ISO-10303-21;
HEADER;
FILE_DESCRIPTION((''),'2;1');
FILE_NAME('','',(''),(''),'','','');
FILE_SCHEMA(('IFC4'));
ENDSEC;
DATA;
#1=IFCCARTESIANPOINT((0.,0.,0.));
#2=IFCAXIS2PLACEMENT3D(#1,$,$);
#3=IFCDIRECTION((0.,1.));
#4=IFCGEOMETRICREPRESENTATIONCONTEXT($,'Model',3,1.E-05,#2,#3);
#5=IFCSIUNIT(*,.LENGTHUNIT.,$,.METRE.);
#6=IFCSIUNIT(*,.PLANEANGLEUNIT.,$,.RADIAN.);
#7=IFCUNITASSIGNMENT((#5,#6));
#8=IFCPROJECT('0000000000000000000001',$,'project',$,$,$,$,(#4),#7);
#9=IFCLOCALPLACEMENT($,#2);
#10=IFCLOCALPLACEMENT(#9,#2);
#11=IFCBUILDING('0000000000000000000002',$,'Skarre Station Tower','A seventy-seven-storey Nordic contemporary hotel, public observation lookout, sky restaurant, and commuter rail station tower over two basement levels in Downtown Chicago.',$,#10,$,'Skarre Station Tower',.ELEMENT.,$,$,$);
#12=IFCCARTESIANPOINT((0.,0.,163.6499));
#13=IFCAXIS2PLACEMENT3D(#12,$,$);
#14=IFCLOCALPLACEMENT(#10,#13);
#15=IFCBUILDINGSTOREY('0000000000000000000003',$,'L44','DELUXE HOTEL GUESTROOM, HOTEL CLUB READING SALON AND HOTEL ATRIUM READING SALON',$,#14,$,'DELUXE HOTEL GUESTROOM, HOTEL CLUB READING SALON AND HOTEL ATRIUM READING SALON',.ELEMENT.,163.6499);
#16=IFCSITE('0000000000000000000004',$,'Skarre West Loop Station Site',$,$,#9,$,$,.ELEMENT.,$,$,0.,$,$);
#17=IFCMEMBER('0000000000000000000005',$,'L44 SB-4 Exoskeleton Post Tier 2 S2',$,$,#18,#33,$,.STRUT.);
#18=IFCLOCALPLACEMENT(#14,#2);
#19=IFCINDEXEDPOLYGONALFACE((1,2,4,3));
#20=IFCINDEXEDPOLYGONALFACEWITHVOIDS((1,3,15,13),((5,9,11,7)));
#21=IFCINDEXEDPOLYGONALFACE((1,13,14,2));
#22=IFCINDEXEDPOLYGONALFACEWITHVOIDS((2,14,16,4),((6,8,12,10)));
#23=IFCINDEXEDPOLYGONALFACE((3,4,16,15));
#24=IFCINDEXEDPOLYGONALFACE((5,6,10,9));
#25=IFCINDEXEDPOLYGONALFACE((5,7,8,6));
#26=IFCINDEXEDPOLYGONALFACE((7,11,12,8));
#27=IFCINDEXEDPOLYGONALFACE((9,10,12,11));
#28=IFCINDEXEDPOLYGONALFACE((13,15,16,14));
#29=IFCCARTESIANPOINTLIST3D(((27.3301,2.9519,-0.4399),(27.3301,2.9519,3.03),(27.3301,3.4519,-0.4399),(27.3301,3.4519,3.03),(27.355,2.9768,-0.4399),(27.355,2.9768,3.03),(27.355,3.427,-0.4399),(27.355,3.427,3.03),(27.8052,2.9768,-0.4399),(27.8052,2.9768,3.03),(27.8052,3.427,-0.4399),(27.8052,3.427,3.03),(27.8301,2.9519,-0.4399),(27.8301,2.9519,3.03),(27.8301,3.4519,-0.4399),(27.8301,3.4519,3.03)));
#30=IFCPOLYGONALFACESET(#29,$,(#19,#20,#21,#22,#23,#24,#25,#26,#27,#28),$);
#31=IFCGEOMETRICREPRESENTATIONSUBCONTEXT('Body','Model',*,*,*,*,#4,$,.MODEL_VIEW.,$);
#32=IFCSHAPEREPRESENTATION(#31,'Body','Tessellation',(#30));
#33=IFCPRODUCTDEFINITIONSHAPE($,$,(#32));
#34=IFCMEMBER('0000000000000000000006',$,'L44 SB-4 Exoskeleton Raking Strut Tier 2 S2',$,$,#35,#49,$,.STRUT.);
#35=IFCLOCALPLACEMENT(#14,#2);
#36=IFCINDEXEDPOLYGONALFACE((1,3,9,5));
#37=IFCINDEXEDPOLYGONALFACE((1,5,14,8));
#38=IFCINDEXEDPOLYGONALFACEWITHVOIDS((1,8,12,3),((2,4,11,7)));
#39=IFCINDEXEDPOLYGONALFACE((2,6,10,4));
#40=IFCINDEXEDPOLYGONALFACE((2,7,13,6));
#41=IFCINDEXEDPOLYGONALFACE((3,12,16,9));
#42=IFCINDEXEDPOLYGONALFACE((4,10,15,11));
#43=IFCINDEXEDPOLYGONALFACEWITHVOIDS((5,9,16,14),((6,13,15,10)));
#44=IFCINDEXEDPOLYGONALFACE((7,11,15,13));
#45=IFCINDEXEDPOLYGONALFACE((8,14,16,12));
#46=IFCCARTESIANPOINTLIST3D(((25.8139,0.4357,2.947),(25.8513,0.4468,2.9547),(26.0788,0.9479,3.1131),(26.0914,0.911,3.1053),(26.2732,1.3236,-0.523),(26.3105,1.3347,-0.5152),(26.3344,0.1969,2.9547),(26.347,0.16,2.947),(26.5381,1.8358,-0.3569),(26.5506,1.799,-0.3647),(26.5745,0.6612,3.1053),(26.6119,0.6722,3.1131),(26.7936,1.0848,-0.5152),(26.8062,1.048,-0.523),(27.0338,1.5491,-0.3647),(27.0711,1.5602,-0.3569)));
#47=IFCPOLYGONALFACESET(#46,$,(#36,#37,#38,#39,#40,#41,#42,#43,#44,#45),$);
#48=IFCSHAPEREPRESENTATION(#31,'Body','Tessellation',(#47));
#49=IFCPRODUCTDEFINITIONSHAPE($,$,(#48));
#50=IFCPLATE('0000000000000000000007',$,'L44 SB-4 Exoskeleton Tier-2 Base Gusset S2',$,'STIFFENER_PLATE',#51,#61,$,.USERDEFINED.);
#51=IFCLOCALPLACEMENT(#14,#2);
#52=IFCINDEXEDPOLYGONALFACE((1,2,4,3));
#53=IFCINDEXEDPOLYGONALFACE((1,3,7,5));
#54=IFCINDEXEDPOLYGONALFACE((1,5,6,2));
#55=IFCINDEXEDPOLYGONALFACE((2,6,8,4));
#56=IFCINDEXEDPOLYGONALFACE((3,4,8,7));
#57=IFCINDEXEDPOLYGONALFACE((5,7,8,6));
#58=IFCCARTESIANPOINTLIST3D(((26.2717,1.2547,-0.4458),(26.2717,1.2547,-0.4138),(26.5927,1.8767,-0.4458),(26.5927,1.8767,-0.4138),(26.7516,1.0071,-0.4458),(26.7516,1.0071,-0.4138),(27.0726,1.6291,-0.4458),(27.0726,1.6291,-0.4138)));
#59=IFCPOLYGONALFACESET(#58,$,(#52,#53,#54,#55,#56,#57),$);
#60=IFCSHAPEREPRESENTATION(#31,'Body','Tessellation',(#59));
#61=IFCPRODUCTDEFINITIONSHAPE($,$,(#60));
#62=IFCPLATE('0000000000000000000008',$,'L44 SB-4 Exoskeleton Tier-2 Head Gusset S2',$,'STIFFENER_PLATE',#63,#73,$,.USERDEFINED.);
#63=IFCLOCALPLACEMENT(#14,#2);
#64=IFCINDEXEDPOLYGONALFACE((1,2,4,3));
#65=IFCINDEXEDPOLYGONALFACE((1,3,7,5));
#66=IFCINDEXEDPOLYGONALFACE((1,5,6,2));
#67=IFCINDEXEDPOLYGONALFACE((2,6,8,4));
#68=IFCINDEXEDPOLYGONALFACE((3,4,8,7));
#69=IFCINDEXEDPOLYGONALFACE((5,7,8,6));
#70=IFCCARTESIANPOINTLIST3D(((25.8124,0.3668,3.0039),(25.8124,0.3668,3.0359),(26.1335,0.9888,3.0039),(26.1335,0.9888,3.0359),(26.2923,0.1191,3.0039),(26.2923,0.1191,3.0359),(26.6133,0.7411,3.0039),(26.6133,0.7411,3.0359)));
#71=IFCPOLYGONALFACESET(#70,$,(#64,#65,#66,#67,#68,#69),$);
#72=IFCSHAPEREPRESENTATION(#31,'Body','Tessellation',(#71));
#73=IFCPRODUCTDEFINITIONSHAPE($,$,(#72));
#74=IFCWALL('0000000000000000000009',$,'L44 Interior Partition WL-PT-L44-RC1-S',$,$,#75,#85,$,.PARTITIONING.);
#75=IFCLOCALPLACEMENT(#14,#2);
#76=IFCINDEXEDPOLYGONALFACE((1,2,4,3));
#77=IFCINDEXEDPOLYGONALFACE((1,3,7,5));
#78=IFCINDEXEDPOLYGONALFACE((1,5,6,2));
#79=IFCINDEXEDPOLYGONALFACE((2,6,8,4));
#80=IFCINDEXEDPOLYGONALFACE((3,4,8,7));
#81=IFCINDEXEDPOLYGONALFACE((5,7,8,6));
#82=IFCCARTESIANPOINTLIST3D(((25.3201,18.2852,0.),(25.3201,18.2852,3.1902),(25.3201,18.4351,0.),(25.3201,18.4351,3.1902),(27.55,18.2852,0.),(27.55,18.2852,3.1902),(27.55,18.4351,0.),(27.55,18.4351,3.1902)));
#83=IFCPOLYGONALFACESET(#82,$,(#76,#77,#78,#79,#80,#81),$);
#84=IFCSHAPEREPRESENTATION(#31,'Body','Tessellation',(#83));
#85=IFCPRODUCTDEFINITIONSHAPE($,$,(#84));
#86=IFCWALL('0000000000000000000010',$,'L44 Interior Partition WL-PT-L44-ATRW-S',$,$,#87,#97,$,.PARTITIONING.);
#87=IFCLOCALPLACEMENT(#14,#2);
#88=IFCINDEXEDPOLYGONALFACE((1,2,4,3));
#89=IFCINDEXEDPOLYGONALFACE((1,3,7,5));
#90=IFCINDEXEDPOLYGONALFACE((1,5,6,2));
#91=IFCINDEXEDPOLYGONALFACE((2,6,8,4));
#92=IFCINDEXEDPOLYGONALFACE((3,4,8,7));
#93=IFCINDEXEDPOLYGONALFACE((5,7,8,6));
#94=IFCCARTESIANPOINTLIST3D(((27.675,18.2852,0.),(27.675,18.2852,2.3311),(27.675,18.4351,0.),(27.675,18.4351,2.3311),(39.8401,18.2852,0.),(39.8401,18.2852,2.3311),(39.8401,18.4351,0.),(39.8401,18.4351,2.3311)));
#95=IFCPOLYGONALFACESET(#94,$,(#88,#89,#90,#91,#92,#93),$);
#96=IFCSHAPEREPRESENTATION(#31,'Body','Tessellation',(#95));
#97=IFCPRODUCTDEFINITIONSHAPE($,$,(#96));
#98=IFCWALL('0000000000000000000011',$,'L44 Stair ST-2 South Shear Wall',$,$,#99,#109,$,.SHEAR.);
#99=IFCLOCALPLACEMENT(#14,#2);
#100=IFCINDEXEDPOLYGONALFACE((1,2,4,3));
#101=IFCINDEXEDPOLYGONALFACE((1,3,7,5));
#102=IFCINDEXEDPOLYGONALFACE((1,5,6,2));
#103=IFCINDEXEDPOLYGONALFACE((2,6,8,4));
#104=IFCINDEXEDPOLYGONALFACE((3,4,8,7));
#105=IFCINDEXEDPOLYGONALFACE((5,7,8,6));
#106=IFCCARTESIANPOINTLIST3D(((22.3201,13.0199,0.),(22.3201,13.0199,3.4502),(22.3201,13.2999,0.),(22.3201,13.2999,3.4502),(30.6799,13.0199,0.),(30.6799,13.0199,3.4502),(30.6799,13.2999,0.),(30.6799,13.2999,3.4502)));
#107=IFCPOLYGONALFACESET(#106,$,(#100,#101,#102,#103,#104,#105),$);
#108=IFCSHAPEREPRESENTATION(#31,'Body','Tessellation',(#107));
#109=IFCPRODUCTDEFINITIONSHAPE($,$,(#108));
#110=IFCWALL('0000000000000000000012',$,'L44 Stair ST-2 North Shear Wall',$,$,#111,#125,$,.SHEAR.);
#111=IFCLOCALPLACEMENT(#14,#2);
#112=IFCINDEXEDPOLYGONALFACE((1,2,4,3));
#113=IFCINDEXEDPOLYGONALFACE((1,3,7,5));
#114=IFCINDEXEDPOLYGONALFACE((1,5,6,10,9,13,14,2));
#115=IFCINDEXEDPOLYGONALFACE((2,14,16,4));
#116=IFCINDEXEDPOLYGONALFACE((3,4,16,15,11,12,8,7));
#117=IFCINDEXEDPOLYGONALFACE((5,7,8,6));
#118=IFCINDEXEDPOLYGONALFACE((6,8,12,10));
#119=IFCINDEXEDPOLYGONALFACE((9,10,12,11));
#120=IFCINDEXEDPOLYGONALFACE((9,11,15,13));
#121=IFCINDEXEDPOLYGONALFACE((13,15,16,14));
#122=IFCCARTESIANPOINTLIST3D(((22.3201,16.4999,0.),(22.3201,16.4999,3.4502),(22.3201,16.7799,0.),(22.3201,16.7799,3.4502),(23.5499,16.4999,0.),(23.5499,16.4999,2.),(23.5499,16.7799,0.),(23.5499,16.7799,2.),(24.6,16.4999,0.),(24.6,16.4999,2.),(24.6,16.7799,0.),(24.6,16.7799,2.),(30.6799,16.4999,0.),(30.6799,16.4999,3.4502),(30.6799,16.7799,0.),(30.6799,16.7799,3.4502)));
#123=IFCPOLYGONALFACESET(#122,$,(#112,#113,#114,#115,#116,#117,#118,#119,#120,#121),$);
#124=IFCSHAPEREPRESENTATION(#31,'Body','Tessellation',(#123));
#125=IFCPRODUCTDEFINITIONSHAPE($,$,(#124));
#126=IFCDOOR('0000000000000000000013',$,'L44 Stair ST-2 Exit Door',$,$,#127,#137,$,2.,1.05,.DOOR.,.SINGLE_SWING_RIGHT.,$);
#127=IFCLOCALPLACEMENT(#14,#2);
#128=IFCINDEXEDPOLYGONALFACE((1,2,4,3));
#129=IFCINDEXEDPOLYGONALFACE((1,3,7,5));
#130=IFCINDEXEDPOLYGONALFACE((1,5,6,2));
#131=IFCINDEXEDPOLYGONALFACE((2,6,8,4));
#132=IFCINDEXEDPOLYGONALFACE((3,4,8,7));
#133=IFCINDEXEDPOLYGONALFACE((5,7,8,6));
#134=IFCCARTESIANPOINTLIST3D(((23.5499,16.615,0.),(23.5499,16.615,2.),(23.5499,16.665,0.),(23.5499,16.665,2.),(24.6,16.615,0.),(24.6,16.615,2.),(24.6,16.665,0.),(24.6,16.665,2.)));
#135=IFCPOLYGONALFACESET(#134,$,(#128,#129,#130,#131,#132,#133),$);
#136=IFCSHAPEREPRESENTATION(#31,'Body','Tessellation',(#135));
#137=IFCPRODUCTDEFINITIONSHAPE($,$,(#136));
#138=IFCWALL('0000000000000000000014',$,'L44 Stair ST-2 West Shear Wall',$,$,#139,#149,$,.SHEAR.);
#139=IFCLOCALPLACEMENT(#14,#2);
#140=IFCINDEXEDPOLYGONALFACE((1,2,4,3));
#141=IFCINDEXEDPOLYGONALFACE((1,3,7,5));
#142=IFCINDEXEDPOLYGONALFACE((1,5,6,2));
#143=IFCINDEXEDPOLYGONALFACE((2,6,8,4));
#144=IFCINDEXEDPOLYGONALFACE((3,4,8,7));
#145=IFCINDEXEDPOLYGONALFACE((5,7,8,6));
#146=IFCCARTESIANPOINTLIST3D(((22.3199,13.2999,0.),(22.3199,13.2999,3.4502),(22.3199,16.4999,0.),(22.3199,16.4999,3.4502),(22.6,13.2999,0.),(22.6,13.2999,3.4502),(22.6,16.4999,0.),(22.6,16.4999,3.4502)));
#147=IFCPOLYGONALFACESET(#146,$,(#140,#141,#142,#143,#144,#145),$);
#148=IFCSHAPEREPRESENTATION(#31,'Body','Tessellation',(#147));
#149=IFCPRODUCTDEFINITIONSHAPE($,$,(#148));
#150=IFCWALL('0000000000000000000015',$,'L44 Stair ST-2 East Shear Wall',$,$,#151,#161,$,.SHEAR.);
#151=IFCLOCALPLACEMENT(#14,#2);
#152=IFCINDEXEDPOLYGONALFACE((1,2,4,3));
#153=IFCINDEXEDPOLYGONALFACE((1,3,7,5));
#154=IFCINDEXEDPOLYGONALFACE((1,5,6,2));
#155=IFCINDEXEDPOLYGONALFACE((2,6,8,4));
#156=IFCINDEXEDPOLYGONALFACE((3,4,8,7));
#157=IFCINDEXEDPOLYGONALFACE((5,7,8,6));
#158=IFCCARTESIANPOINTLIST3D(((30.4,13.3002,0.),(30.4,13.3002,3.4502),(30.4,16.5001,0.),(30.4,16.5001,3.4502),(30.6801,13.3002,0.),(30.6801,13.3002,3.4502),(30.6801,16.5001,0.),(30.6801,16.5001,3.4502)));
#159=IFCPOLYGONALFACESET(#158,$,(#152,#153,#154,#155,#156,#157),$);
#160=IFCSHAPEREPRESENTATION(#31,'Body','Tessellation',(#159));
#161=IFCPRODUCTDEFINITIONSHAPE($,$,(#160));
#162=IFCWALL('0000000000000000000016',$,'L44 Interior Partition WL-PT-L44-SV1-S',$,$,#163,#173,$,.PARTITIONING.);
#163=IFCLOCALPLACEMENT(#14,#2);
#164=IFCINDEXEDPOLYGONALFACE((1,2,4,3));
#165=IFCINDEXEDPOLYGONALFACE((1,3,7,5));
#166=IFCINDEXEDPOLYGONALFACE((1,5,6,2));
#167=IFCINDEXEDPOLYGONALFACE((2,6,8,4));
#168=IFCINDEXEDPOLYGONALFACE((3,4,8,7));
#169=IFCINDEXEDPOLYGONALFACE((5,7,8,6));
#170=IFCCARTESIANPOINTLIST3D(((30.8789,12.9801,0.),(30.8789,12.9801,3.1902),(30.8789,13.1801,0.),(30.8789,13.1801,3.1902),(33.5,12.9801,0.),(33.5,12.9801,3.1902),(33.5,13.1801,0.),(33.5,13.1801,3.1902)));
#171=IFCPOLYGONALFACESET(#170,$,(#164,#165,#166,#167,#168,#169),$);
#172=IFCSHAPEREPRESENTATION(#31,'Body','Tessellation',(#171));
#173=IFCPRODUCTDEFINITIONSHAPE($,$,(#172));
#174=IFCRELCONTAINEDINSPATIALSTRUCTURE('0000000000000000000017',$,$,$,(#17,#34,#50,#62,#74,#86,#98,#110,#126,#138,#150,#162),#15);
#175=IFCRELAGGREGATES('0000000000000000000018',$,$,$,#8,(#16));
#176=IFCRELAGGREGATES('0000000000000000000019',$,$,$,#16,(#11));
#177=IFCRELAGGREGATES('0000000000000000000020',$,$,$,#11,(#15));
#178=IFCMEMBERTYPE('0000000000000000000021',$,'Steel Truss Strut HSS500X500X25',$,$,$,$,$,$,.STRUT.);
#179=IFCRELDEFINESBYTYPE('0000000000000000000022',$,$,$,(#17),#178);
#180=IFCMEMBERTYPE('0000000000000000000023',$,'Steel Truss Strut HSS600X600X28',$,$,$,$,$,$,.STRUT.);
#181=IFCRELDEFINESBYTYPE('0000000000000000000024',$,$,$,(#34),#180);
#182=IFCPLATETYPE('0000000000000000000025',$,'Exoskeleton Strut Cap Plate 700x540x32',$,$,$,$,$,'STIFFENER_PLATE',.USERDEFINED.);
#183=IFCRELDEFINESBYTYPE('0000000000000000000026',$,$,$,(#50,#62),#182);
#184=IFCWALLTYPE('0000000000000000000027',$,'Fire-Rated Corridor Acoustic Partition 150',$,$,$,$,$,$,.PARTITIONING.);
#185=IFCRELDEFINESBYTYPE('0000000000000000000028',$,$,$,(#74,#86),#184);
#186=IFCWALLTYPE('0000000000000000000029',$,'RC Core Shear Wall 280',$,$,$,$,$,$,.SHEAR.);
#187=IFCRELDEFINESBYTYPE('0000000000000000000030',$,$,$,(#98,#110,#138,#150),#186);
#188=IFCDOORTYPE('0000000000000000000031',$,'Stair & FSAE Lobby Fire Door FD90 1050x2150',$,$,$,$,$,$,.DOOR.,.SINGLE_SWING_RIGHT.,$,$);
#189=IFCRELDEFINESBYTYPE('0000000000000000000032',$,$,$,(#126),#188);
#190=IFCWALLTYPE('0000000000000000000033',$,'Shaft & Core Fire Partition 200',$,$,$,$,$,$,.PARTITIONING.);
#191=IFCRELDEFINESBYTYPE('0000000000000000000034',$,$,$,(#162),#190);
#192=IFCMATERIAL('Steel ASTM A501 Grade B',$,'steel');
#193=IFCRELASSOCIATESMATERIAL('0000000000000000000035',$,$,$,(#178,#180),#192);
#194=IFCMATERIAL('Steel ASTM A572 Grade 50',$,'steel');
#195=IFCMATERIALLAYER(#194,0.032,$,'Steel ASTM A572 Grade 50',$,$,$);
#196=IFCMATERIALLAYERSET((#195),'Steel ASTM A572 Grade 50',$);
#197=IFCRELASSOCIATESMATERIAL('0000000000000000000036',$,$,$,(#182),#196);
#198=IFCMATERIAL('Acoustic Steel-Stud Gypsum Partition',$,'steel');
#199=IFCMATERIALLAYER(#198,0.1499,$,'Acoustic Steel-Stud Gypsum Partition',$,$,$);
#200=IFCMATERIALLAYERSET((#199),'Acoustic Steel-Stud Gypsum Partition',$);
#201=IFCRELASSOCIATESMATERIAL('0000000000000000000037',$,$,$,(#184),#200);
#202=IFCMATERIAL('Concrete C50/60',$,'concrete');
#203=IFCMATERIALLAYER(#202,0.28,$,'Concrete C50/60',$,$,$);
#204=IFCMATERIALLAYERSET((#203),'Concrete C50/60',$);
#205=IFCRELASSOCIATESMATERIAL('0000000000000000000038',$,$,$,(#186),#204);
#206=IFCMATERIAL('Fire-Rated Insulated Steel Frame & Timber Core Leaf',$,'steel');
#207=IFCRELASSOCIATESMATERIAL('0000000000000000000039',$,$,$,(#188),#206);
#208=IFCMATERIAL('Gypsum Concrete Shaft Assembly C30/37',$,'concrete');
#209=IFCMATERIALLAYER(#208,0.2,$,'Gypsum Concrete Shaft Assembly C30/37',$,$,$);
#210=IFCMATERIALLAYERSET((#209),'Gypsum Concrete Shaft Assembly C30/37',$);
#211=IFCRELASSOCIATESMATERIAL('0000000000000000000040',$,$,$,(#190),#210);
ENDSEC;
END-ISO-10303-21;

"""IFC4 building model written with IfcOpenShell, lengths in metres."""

from ifc_helpers import new_model, si_unit, direction, frame, frame_2d, origin, origin_2d, place, context, subcontext, project, spatial, rectangle, hollow_rectangle, extrude, material, layer, layer_set, material_profile, profile_set, type_object, element, fill, save


model = new_model("IFC4")

# Units and contexts
model_context = context("Model", 3, precision=1e-05, world=origin(), true_north=direction((0.0, 1.0)))
body_context = subcontext(model_context, "Body", "Model", "MODEL_VIEW")
ifc_project = project(units=[si_unit("LENGTHUNIT", "METRE"), si_unit("PLANEANGLEUNIT", "RADIAN")], contexts=[model_context])

# Site, building, storey
site_placement = place(None, origin())
site = spatial("IfcSite", under=ifc_project, at=site_placement, Name="Skarre West Loop Station Site", CompositionType="ELEMENT", RefElevation=0.0)
building_placement = place(site_placement, origin())
building = spatial("IfcBuilding", under=site, at=building_placement, Name="Skarre Station Tower", Description="A seventy-seven-storey Nordic contemporary hotel, public observation lookout, sky restaurant, and commuter rail station tower over two basement levels in Downtown Chicago.", LongName="Skarre Station Tower", CompositionType="ELEMENT")
storey_placement = place(building_placement, frame((0.0, 0.0, 163.6499)))
storey = spatial("IfcBuildingStorey", under=building, at=storey_placement, Name="L44", Description="DELUXE HOTEL GUESTROOM, HOTEL CLUB READING SALON AND HOTEL ATRIUM READING SALON", LongName="DELUXE HOTEL GUESTROOM, HOTEL CLUB READING SALON AND HOTEL ATRIUM READING SALON", CompositionType="ELEMENT", Elevation=163.6499)

# Shared definitions
ifc_material_1 = material(Name="Concrete C50/60", Category="concrete")

# Members
ifc_material_2 = material(Name="Steel ASTM A501 Grade B", Category="steel")
ifc_material_profile_1 = material_profile(ifc_material_2, hollow_rectangle(XDim=0.5, YDim=0.5, WallThickness=0.0249, at=origin_2d()), Name="Steel ASTM A501 Grade B")
ifc_profile_set_1 = profile_set([ifc_material_profile_1], Name="Steel ASTM A501 Grade B")
member_type_1 = type_object("IfcMemberType", Name="Steel Truss Strut HSS500X500X25", PredefinedType="STRUT", material=ifc_profile_set_1)
member_1_placement = place(storey_placement, frame((27.5801, 3.2019, -0.4399), z_axis=(0.0, 0.0, 1.0), x_axis=(1.0, 0.0, 0.0)))
element("IfcMember", 1, at=member_1_placement, inside=storey, type_object=member_type_1, Name="L44 SB-4 Exoskeleton Post Tier 2 S2", PredefinedType="STRUT", context=body_context, shape_type="SweptSolid", body=[
    extrude(hollow_rectangle(XDim=0.5, YDim=0.5, WallThickness=0.0249, at=origin_2d()), origin(), (0.0, 0.0, 1.0), 3.47),
])
ifc_material_profile_2 = material_profile(ifc_material_2, hollow_rectangle(XDim=0.6001, YDim=0.6001, WallThickness=0.0281, at=origin_2d()), Name="Steel ASTM A501 Grade B")
ifc_profile_set_2 = profile_set([ifc_material_profile_2], Name="Steel ASTM A501 Grade B")
member_type_2 = type_object("IfcMemberType", Name="Steel Truss Strut HSS600X600X28", PredefinedType="STRUT", material=ifc_profile_set_2)
member_2_placement = place(storey_placement, frame((26.6721, 1.4419, -0.4399), z_axis=(-0.127171, -0.245892, 0.960919), x_axis=(0.888238, -0.459383, 0.0)))
element("IfcMember", 2, at=member_2_placement, inside=storey, type_object=member_type_2, Name="L44 SB-4 Exoskeleton Raking Strut Tier 2 S2", PredefinedType="STRUT", context=body_context, shape_type="SweptSolid", body=[
    extrude(hollow_rectangle(XDim=0.6001, YDim=0.6001, WallThickness=0.0281, at=origin_2d()), origin(), (0.0, 0.0, 1.0), 3.6111),
])

# Plates
ifc_material_3 = material(Name="Steel ASTM A572 Grade 50", Category="steel")
ifc_layer_1 = layer(ifc_material_3, 0.032, Name="Steel ASTM A572 Grade 50")
ifc_layer_set_1 = layer_set([ifc_layer_1], Name="Steel ASTM A572 Grade 50")
plate_type = type_object("IfcPlateType", Name="Exoskeleton Strut Cap Plate 700x540x32", ElementType="STIFFENER_PLATE", PredefinedType="USERDEFINED", material=ifc_layer_set_1)
for number, where, z_axis, x_axis, name in (
    (3, (26.6721, 1.4419, -0.4458), (0.0, 0.0, 1.0), (-0.458634, -0.888625, 0.0), "L44 SB-4 Exoskeleton Tier-2 Base Gusset S2"),
    (4, (26.2129, 0.554, 3.0039), (0.0, 0.0, 1.0), (-0.458634, -0.888625, 0.0), "L44 SB-4 Exoskeleton Tier-2 Head Gusset S2"),
):
    element("IfcPlate", number, at=place(storey_placement, frame(where, z_axis=z_axis, x_axis=x_axis)), inside=storey, type_object=plate_type, Name=name, ObjectType="STIFFENER_PLATE", PredefinedType="USERDEFINED", context=body_context, shape_type="SweptSolid", body=[
        extrude(rectangle(XDim=0.7, YDim=0.54, at=origin_2d()), origin(), (0.0, 0.0, 1.0), 0.032),
    ])

# Walls
ifc_material_4 = material(Name="Acoustic Steel-Stud Gypsum Partition", Category="steel")
ifc_layer_2 = layer(ifc_material_4, 0.1499, Name="Acoustic Steel-Stud Gypsum Partition")
ifc_layer_set_2 = layer_set([ifc_layer_2], Name="Acoustic Steel-Stud Gypsum Partition")
wall_type_1 = type_object("IfcWallType", Name="Fire-Rated Corridor Acoustic Partition 150", PredefinedType="PARTITIONING", material=ifc_layer_set_2)
wall_1_placement = place(storey_placement, frame((25.3201, 18.3601, 0.0), z_axis=(0.0, 0.0, 1.0), x_axis=(1.0, 0.0, 0.0)))
element("IfcWall", 5, at=wall_1_placement, inside=storey, type_object=wall_type_1, Name="L44 Interior Partition WL-PT-L44-RC1-S", PredefinedType="PARTITIONING", context=body_context, shape_type="SweptSolid", body=[
    extrude(rectangle(XDim=2.23, YDim=0.1499, at=frame_2d((1.115, 0.0))), origin(), (0.0, 0.0, 1.0), 3.1902),
])
wall_2_placement = place(storey_placement, frame((27.675, 18.3601, 0.0), z_axis=(0.0, 0.0, 1.0), x_axis=(1.0, 0.0, 0.0)))
element("IfcWall", 6, at=wall_2_placement, inside=storey, type_object=wall_type_1, Name="L44 Interior Partition WL-PT-L44-ATRW-S", PredefinedType="PARTITIONING", context=body_context, shape_type="SweptSolid", body=[
    extrude(rectangle(XDim=12.165, YDim=0.1499, at=frame_2d((6.0825, 0.0))), origin(), (0.0, 0.0, 1.0), 2.3311),
])
ifc_layer_3 = layer(ifc_material_1, 0.28, Name="Concrete C50/60")
ifc_layer_set_3 = layer_set([ifc_layer_3], Name="Concrete C50/60")
wall_type_2 = type_object("IfcWallType", Name="RC Core Shear Wall 280", PredefinedType="SHEAR", material=ifc_layer_set_3)
wall_3_placement = place(storey_placement, frame((22.3201, 13.1599, 0.0), z_axis=(0.0, 0.0, 1.0), x_axis=(1.0, 0.0, 0.0)))
element("IfcWall", 7, at=wall_3_placement, inside=storey, type_object=wall_type_2, Name="L44 Stair ST-2 South Shear Wall", PredefinedType="SHEAR", context=body_context, shape_type="SweptSolid", body=[
    extrude(rectangle(XDim=8.3599, YDim=0.28, at=frame_2d((4.1799, 0.0))), origin(), (0.0, 0.0, 1.0), 3.4502),
])

# Wall, opening, door
wall_4_placement = place(storey_placement, frame((30.6799, 16.6399, 0.0), z_axis=(0.0, 0.0, 1.0), x_axis=(-1.0, 0.0, 0.0)))
wall_4 = element("IfcWall", 8, at=wall_4_placement, inside=storey, type_object=wall_type_2, Name="L44 Stair ST-2 North Shear Wall", PredefinedType="SHEAR", context=body_context, shape_type="SweptSolid", body=[
    extrude(rectangle(XDim=8.3599, YDim=0.28, at=frame_2d((4.1799, 0.0))), origin(), (0.0, 0.0, 1.0), 3.4502),
])
opening_placement = place(wall_4_placement, frame((6.0801, 0.0, 0.0)))
opening = element("IfcOpeningElement", 9, at=opening_placement, cuts=wall_4, PredefinedType="OPENING", context=body_context, shape_type="SweptSolid", body=[
    extrude(rectangle(XDim=1.05, YDim=2.0, at=frame_2d((0.5249, 1.0))), frame((0.0, 0.1499, 0.0), z_axis=(0.0, -1.0, 0.0), x_axis=(1.0, 0.0, 0.0)), (0.0, 0.0, 1.0), 0.3),
])
ifc_material_5 = material(Name="Fire-Rated Insulated Steel Frame & Timber Core Leaf", Category="steel")
door_type = type_object("IfcDoorType", Name="Stair & FSAE Lobby Fire Door FD90 1050x2150", OperationType="SINGLE_SWING_RIGHT", PredefinedType="DOOR", material=ifc_material_5)
door_placement = place(opening_placement, origin())
door = element("IfcDoor", 10, at=door_placement, inside=storey, type_object=door_type, Name="L44 Stair ST-2 Exit Door", OperationType="SINGLE_SWING_RIGHT", OverallHeight=2.0, OverallWidth=1.05, PredefinedType="DOOR", context=body_context, shape_type="SweptSolid", body=[
    extrude(rectangle(XDim=1.05, YDim=2.0, at=frame_2d((0.5249, 1.0))), frame((0.0, 0.0249, 0.0), z_axis=(0.0, -1.0, 0.0), x_axis=(1.0, 0.0, 0.0)), (0.0, 0.0, 1.0), 0.05),
])
fill(opening, door)

# Walls
for number, where, z_axis, x_axis, name in (
    (11, (22.46, 16.5, 0.0), (0.0, 0.0, 1.0), (0.0, -1.0, 0.0), "L44 Stair ST-2 West Shear Wall"),
    (12, (30.54, 13.3, 0.0), (0.0, 0.0, 1.0), (0.0, 1.0, 0.0), "L44 Stair ST-2 East Shear Wall"),
):
    element("IfcWall", number, at=place(storey_placement, frame(where, z_axis=z_axis, x_axis=x_axis)), inside=storey, type_object=wall_type_2, Name=name, PredefinedType="SHEAR", context=body_context, shape_type="SweptSolid", body=[
        extrude(rectangle(XDim=3.2, YDim=0.28, at=frame_2d((1.6001, 0.0))), origin(), (0.0, 0.0, 1.0), 3.4502),
    ])
ifc_material_6 = material(Name="Gypsum Concrete Shaft Assembly C30/37", Category="concrete")
ifc_layer_4 = layer(ifc_material_6, 0.2, Name="Gypsum Concrete Shaft Assembly C30/37")
ifc_layer_set_4 = layer_set([ifc_layer_4], Name="Gypsum Concrete Shaft Assembly C30/37")
wall_type_3 = type_object("IfcWallType", Name="Shaft & Core Fire Partition 200", PredefinedType="PARTITIONING", material=ifc_layer_set_4)
wall_5_placement = place(storey_placement, frame((30.8789, 13.0801, 0.0), z_axis=(0.0, 0.0, 1.0), x_axis=(1.0, 0.0, 0.0)))
element("IfcWall", 13, at=wall_5_placement, inside=storey, type_object=wall_type_3, Name="L44 Interior Partition WL-PT-L44-SV1-S", PredefinedType="PARTITIONING", context=body_context, shape_type="SweptSolid", body=[
    extrude(rectangle(XDim=2.6211, YDim=0.2, at=frame_2d((1.3105, 0.0))), origin(), (0.0, 0.0, 1.0), 3.1902),
])

save(model, "model.ifc")
